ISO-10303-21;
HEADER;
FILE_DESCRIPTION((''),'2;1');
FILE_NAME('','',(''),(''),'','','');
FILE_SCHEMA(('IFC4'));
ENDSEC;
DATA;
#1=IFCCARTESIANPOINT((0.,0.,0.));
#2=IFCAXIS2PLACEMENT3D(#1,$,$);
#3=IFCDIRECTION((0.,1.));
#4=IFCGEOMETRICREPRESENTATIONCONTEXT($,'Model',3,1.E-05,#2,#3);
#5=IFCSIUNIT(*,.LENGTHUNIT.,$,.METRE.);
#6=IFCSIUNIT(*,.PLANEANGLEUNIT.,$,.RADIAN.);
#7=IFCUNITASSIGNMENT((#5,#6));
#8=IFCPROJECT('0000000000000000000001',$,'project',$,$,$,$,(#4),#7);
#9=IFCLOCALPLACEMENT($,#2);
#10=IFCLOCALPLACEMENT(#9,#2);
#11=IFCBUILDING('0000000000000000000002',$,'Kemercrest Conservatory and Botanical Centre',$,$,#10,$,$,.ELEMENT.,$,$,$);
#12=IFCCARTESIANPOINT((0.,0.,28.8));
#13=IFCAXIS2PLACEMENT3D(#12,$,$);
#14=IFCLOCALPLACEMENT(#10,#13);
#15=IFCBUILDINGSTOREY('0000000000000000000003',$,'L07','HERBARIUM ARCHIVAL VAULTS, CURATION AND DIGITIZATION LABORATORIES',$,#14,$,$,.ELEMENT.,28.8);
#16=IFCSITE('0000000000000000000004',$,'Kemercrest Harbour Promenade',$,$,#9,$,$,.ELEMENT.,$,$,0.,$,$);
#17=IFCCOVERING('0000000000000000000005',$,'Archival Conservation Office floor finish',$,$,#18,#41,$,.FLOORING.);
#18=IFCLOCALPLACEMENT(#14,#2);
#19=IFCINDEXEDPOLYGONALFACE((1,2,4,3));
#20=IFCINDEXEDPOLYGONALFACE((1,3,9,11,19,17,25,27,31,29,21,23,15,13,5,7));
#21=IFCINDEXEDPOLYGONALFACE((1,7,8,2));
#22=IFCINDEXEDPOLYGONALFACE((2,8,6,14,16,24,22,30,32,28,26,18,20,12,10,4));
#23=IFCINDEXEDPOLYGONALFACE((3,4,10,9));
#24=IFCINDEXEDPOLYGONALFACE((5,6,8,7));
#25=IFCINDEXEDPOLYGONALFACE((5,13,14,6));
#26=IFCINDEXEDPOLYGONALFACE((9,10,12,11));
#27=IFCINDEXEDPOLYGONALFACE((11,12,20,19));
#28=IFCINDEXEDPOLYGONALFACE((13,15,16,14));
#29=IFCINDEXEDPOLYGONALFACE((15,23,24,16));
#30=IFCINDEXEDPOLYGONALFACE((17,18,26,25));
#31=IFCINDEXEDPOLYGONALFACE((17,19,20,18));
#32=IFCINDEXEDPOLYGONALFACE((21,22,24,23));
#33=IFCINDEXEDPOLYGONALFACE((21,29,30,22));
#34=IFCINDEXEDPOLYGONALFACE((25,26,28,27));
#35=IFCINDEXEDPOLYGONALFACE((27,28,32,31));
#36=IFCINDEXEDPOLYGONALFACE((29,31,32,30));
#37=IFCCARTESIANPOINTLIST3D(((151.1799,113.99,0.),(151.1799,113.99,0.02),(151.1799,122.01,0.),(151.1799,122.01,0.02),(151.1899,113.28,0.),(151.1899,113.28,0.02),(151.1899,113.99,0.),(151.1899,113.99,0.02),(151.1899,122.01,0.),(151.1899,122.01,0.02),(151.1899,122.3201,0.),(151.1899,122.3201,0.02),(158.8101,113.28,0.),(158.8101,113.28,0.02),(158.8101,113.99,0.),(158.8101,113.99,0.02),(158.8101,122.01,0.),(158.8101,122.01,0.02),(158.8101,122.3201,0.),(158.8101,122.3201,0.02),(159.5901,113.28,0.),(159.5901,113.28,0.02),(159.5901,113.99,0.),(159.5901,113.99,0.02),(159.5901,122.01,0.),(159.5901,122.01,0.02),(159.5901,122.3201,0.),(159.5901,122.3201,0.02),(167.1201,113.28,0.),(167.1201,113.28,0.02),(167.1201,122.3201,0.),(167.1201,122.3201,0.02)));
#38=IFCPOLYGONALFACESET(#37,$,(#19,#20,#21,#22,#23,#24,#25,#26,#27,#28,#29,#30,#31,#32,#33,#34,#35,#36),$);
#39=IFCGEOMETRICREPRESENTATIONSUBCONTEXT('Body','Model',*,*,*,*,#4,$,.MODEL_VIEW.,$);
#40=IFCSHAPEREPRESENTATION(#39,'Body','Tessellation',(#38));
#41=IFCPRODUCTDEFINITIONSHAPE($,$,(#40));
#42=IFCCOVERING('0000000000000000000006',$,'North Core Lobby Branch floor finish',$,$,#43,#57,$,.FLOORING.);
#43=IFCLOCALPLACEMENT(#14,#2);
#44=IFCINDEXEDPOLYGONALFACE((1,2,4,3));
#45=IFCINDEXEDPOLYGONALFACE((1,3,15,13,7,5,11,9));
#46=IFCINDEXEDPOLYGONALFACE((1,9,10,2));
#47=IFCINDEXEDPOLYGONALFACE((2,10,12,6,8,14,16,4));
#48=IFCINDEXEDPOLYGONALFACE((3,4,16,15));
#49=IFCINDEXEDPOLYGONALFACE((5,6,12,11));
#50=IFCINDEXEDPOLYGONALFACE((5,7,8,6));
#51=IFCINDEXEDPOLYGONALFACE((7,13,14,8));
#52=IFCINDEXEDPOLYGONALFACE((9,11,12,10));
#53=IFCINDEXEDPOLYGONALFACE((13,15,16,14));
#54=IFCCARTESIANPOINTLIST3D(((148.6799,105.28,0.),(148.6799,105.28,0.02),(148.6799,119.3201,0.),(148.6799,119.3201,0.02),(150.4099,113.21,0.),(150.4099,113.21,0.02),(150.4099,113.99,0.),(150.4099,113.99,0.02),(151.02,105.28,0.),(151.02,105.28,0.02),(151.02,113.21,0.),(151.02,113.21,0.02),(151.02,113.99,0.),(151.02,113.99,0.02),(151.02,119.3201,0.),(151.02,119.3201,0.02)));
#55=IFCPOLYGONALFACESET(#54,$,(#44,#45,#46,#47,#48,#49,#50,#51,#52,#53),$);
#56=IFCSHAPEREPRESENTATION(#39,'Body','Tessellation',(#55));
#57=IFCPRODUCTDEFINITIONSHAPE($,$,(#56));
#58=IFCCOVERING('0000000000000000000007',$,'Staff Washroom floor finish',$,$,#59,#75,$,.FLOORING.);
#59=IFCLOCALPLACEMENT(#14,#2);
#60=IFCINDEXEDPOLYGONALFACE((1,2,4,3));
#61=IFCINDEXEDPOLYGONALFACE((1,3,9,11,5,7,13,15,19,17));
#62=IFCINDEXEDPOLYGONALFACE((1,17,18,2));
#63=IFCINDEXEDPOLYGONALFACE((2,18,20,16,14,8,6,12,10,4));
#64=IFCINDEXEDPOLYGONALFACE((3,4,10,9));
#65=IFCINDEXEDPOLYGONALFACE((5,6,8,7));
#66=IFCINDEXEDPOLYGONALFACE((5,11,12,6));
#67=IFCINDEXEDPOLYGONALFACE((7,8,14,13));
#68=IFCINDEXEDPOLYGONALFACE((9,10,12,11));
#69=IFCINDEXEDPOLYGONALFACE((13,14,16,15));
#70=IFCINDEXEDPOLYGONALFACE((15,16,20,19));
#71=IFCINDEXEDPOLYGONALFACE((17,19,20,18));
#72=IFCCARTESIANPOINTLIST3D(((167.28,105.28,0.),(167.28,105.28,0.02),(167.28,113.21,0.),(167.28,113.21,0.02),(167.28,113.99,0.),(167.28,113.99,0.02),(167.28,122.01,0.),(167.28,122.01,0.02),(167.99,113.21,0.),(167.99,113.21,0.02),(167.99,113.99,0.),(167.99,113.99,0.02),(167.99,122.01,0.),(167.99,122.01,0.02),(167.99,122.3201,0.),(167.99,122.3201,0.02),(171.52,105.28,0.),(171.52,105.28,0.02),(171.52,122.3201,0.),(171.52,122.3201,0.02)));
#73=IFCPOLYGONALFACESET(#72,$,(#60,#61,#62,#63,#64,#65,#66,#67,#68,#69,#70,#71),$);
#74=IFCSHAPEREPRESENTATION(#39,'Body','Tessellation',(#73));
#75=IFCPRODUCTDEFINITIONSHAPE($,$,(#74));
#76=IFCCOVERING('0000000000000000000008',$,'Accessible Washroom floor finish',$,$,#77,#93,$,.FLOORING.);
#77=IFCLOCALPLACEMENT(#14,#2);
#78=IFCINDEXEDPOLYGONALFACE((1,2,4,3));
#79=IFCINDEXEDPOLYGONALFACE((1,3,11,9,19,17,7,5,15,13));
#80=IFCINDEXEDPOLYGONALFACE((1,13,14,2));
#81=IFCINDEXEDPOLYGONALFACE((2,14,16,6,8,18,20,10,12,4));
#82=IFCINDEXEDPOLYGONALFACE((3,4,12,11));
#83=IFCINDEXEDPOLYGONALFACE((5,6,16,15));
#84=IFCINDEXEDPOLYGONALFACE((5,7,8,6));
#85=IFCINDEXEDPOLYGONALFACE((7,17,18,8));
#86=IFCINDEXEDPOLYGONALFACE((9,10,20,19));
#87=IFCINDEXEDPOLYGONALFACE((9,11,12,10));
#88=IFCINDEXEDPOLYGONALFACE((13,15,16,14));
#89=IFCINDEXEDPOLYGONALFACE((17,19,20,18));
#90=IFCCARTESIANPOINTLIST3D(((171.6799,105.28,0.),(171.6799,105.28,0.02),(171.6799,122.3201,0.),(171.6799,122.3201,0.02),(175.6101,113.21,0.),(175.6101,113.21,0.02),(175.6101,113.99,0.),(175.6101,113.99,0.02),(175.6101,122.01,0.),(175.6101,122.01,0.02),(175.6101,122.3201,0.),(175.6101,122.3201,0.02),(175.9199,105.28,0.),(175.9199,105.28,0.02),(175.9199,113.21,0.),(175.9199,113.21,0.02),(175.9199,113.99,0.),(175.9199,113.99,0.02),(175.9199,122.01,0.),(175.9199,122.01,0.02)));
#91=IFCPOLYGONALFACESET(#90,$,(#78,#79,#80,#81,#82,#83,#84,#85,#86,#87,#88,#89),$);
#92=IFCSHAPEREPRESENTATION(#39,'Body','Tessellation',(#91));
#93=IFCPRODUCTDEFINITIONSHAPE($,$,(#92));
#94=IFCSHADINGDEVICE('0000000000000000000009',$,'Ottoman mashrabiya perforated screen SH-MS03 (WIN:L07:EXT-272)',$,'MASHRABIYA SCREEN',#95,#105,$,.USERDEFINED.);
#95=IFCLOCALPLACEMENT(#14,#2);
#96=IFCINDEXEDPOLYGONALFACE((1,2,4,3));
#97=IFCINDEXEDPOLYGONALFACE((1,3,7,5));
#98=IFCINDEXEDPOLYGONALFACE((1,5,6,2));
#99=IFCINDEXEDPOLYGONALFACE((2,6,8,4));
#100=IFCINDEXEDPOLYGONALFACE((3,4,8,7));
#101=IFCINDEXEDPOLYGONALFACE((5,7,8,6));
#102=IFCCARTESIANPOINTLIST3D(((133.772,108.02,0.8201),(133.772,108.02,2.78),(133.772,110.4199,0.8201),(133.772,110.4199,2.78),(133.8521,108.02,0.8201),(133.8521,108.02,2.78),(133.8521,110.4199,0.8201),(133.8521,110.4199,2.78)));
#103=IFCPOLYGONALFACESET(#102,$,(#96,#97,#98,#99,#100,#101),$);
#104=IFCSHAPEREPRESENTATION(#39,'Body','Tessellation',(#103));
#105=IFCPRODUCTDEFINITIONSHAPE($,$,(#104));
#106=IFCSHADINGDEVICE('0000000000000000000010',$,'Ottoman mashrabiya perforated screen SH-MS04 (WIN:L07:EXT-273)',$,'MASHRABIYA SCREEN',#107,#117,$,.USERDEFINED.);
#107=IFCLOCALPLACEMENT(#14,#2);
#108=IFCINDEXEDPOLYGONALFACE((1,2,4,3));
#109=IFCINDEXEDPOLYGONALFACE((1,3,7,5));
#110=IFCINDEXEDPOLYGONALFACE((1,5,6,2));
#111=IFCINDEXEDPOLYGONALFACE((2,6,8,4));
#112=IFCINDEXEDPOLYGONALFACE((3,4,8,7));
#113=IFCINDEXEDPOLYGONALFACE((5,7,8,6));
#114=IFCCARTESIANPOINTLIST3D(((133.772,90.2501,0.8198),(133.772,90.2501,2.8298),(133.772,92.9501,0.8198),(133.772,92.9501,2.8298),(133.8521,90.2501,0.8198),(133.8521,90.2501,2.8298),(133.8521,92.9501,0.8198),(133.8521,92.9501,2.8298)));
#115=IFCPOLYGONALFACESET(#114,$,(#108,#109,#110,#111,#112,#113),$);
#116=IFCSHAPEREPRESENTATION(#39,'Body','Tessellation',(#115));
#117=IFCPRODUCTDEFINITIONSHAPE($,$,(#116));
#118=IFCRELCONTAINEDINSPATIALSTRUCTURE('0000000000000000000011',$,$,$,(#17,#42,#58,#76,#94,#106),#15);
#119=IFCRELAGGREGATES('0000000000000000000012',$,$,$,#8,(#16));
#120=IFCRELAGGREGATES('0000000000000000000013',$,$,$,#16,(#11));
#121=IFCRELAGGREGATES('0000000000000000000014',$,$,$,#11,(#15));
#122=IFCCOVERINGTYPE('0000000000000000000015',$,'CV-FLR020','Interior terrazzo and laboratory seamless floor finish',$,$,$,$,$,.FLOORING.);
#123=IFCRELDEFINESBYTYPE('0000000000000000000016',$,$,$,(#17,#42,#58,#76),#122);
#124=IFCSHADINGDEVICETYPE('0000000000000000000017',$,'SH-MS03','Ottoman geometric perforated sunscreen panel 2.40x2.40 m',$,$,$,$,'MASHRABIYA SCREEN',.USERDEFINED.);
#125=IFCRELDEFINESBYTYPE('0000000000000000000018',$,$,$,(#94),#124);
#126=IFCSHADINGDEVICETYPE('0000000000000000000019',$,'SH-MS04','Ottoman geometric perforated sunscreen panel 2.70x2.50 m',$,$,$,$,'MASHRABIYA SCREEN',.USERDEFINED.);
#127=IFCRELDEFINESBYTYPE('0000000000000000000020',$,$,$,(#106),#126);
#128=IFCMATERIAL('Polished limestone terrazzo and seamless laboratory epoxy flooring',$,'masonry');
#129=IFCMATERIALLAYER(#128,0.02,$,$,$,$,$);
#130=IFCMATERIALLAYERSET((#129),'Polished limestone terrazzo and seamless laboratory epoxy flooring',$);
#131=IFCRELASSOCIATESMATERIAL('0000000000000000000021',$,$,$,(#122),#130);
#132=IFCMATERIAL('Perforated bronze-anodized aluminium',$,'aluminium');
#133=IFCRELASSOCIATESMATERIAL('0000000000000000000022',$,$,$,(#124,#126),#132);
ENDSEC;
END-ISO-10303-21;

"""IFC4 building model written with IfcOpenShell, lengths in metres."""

from ifc_helpers import new_model, si_unit, direction, frame, origin, origin_2d, place, context, subcontext, project, spatial, polyline, rectangle, outline, extrude, material, layer, layer_set, type_object, element, save


model = new_model("IFC4")

# Units and contexts
model_context = context("Model", 3, precision=1e-05, world=origin(), true_north=direction((0.0, 1.0)))
body_context = subcontext(model_context, "Body", "Model", "MODEL_VIEW")
ifc_project = project(units=[si_unit("LENGTHUNIT", "METRE"), si_unit("PLANEANGLEUNIT", "RADIAN")], contexts=[model_context])

# Site, building, storey
site_placement = place(None, origin())
site = spatial("IfcSite", under=ifc_project, at=site_placement, Name="Kemercrest Harbour Promenade", CompositionType="ELEMENT", RefElevation=0.0)
building_placement = place(site_placement, origin())
building = spatial("IfcBuilding", under=site, at=building_placement, Name="Kemercrest Conservatory and Botanical Centre", CompositionType="ELEMENT")
storey_placement = place(building_placement, frame((0.0, 0.0, 28.8)))
storey = spatial("IfcBuildingStorey", under=building, at=storey_placement, Name="L07", Description="HERBARIUM ARCHIVAL VAULTS, CURATION AND DIGITIZATION LABORATORIES", CompositionType="ELEMENT", Elevation=28.8)

# Coverings
ifc_material_1 = material(Name="Polished limestone terrazzo and seamless laboratory epoxy flooring", Category="masonry")
ifc_layer_1 = layer(ifc_material_1, 0.02)
ifc_layer_set_1 = layer_set([ifc_layer_1], Name="Polished limestone terrazzo and seamless laboratory epoxy flooring")
covering_type_1 = type_object("IfcCoveringType", Name="CV-FLR020", Description="Interior terrazzo and laboratory seamless floor finish", PredefinedType="FLOORING", material=ifc_layer_set_1)
covering_1_placement = place(storey_placement, origin())
element("IfcCovering", 1, at=covering_1_placement, inside=storey, type_object=covering_type_1, Name="Archival Conservation Office floor finish", PredefinedType="FLOORING", context=body_context, shape_type="SweptSolid", body=[
    extrude(outline(polyline([(159.5901, 113.28), (167.1201, 113.28), (167.1201, 122.3201), (159.5901, 122.3201), (159.5901, 122.01), (158.8101, 122.01), (158.8101, 122.3201), (151.1899, 122.3201), (151.1899, 122.01), (151.1799, 122.01), (151.1799, 113.99), (151.1899, 113.99), (151.1899, 113.28), (158.8101, 113.28), (158.8101, 113.99), (159.5901, 113.99), (159.5901, 113.28)])), origin(), (0.0, 0.0, 1.0), 0.02),
])
covering_2_placement = place(storey_placement, origin())
element("IfcCovering", 2, at=covering_2_placement, inside=storey, type_object=covering_type_1, Name="North Core Lobby Branch floor finish", PredefinedType="FLOORING", context=body_context, shape_type="SweptSolid", body=[
    extrude(outline(polyline([(148.6799, 105.28), (151.02, 105.28), (151.02, 113.21), (150.4099, 113.21), (150.4099, 113.99), (151.02, 113.99), (151.02, 119.3201), (148.6799, 119.3201), (148.6799, 105.28)])), origin(), (0.0, 0.0, 1.0), 0.02),
])
covering_3_placement = place(storey_placement, origin())
element("IfcCovering", 3, at=covering_3_placement, inside=storey, type_object=covering_type_1, Name="Staff Washroom floor finish", PredefinedType="FLOORING", context=body_context, shape_type="SweptSolid", body=[
    extrude(outline(polyline([(167.28, 105.28), (171.52, 105.28), (171.52, 122.3201), (167.99, 122.3201), (167.99, 122.01), (167.28, 122.01), (167.28, 113.99), (167.99, 113.99), (167.99, 113.21), (167.28, 113.21), (167.28, 105.28)])), origin(), (0.0, 0.0, 1.0), 0.02),
])
covering_4_placement = place(storey_placement, origin())
element("IfcCovering", 4, at=covering_4_placement, inside=storey, type_object=covering_type_1, Name="Accessible Washroom floor finish", PredefinedType="FLOORING", context=body_context, shape_type="SweptSolid", body=[
    extrude(outline(polyline([(171.6799, 105.28), (175.9199, 105.28), (175.9199, 113.21), (175.6101, 113.21), (175.6101, 113.99), (175.9199, 113.99), (175.9199, 122.01), (175.6101, 122.01), (175.6101, 122.3201), (171.6799, 122.3201), (171.6799, 105.28)])), origin(), (0.0, 0.0, 1.0), 0.02),
])

# Shading devices
ifc_material_2 = material(Name="Perforated bronze-anodized aluminium", Category="aluminium")
shading_device_type_1 = type_object("IfcShadingDeviceType", Name="SH-MS03", Description="Ottoman geometric perforated sunscreen panel 2.40x2.40 m", ElementType="MASHRABIYA SCREEN", PredefinedType="USERDEFINED", material=ifc_material_2)
shading_device_1_placement = place(storey_placement, frame((133.812, 109.22, 0.8201), z_axis=(0.0, 0.0, 1.0), x_axis=(0.0, -1.0, 0.0)))
element("IfcShadingDevice", 5, at=shading_device_1_placement, inside=storey, type_object=shading_device_type_1, Name="Ottoman mashrabiya perforated screen SH-MS03 (WIN:L07:EXT-272)", ObjectType="MASHRABIYA SCREEN", PredefinedType="USERDEFINED", context=body_context, shape_type="SweptSolid", body=[
    extrude(rectangle(XDim=2.3999, YDim=0.0801, at=origin_2d()), origin(), (0.0, 0.0, 1.0), 1.96),
])
shading_device_type_2 = type_object("IfcShadingDeviceType", Name="SH-MS04", Description="Ottoman geometric perforated sunscreen panel 2.70x2.50 m", ElementType="MASHRABIYA SCREEN", PredefinedType="USERDEFINED", material=ifc_material_2)
shading_device_2_placement = place(storey_placement, frame((133.812, 91.6001, 0.8198), z_axis=(0.0, 0.0, 1.0), x_axis=(0.0, -1.0, 0.0)))
element("IfcShadingDevice", 6, at=shading_device_2_placement, inside=storey, type_object=shading_device_type_2, Name="Ottoman mashrabiya perforated screen SH-MS04 (WIN:L07:EXT-273)", ObjectType="MASHRABIYA SCREEN", PredefinedType="USERDEFINED", context=body_context, shape_type="SweptSolid", body=[
    extrude(rectangle(XDim=2.7, YDim=0.0801, at=origin_2d()), origin(), (0.0, 0.0, 1.0), 2.01),
])

save(model, "model.ifc")
